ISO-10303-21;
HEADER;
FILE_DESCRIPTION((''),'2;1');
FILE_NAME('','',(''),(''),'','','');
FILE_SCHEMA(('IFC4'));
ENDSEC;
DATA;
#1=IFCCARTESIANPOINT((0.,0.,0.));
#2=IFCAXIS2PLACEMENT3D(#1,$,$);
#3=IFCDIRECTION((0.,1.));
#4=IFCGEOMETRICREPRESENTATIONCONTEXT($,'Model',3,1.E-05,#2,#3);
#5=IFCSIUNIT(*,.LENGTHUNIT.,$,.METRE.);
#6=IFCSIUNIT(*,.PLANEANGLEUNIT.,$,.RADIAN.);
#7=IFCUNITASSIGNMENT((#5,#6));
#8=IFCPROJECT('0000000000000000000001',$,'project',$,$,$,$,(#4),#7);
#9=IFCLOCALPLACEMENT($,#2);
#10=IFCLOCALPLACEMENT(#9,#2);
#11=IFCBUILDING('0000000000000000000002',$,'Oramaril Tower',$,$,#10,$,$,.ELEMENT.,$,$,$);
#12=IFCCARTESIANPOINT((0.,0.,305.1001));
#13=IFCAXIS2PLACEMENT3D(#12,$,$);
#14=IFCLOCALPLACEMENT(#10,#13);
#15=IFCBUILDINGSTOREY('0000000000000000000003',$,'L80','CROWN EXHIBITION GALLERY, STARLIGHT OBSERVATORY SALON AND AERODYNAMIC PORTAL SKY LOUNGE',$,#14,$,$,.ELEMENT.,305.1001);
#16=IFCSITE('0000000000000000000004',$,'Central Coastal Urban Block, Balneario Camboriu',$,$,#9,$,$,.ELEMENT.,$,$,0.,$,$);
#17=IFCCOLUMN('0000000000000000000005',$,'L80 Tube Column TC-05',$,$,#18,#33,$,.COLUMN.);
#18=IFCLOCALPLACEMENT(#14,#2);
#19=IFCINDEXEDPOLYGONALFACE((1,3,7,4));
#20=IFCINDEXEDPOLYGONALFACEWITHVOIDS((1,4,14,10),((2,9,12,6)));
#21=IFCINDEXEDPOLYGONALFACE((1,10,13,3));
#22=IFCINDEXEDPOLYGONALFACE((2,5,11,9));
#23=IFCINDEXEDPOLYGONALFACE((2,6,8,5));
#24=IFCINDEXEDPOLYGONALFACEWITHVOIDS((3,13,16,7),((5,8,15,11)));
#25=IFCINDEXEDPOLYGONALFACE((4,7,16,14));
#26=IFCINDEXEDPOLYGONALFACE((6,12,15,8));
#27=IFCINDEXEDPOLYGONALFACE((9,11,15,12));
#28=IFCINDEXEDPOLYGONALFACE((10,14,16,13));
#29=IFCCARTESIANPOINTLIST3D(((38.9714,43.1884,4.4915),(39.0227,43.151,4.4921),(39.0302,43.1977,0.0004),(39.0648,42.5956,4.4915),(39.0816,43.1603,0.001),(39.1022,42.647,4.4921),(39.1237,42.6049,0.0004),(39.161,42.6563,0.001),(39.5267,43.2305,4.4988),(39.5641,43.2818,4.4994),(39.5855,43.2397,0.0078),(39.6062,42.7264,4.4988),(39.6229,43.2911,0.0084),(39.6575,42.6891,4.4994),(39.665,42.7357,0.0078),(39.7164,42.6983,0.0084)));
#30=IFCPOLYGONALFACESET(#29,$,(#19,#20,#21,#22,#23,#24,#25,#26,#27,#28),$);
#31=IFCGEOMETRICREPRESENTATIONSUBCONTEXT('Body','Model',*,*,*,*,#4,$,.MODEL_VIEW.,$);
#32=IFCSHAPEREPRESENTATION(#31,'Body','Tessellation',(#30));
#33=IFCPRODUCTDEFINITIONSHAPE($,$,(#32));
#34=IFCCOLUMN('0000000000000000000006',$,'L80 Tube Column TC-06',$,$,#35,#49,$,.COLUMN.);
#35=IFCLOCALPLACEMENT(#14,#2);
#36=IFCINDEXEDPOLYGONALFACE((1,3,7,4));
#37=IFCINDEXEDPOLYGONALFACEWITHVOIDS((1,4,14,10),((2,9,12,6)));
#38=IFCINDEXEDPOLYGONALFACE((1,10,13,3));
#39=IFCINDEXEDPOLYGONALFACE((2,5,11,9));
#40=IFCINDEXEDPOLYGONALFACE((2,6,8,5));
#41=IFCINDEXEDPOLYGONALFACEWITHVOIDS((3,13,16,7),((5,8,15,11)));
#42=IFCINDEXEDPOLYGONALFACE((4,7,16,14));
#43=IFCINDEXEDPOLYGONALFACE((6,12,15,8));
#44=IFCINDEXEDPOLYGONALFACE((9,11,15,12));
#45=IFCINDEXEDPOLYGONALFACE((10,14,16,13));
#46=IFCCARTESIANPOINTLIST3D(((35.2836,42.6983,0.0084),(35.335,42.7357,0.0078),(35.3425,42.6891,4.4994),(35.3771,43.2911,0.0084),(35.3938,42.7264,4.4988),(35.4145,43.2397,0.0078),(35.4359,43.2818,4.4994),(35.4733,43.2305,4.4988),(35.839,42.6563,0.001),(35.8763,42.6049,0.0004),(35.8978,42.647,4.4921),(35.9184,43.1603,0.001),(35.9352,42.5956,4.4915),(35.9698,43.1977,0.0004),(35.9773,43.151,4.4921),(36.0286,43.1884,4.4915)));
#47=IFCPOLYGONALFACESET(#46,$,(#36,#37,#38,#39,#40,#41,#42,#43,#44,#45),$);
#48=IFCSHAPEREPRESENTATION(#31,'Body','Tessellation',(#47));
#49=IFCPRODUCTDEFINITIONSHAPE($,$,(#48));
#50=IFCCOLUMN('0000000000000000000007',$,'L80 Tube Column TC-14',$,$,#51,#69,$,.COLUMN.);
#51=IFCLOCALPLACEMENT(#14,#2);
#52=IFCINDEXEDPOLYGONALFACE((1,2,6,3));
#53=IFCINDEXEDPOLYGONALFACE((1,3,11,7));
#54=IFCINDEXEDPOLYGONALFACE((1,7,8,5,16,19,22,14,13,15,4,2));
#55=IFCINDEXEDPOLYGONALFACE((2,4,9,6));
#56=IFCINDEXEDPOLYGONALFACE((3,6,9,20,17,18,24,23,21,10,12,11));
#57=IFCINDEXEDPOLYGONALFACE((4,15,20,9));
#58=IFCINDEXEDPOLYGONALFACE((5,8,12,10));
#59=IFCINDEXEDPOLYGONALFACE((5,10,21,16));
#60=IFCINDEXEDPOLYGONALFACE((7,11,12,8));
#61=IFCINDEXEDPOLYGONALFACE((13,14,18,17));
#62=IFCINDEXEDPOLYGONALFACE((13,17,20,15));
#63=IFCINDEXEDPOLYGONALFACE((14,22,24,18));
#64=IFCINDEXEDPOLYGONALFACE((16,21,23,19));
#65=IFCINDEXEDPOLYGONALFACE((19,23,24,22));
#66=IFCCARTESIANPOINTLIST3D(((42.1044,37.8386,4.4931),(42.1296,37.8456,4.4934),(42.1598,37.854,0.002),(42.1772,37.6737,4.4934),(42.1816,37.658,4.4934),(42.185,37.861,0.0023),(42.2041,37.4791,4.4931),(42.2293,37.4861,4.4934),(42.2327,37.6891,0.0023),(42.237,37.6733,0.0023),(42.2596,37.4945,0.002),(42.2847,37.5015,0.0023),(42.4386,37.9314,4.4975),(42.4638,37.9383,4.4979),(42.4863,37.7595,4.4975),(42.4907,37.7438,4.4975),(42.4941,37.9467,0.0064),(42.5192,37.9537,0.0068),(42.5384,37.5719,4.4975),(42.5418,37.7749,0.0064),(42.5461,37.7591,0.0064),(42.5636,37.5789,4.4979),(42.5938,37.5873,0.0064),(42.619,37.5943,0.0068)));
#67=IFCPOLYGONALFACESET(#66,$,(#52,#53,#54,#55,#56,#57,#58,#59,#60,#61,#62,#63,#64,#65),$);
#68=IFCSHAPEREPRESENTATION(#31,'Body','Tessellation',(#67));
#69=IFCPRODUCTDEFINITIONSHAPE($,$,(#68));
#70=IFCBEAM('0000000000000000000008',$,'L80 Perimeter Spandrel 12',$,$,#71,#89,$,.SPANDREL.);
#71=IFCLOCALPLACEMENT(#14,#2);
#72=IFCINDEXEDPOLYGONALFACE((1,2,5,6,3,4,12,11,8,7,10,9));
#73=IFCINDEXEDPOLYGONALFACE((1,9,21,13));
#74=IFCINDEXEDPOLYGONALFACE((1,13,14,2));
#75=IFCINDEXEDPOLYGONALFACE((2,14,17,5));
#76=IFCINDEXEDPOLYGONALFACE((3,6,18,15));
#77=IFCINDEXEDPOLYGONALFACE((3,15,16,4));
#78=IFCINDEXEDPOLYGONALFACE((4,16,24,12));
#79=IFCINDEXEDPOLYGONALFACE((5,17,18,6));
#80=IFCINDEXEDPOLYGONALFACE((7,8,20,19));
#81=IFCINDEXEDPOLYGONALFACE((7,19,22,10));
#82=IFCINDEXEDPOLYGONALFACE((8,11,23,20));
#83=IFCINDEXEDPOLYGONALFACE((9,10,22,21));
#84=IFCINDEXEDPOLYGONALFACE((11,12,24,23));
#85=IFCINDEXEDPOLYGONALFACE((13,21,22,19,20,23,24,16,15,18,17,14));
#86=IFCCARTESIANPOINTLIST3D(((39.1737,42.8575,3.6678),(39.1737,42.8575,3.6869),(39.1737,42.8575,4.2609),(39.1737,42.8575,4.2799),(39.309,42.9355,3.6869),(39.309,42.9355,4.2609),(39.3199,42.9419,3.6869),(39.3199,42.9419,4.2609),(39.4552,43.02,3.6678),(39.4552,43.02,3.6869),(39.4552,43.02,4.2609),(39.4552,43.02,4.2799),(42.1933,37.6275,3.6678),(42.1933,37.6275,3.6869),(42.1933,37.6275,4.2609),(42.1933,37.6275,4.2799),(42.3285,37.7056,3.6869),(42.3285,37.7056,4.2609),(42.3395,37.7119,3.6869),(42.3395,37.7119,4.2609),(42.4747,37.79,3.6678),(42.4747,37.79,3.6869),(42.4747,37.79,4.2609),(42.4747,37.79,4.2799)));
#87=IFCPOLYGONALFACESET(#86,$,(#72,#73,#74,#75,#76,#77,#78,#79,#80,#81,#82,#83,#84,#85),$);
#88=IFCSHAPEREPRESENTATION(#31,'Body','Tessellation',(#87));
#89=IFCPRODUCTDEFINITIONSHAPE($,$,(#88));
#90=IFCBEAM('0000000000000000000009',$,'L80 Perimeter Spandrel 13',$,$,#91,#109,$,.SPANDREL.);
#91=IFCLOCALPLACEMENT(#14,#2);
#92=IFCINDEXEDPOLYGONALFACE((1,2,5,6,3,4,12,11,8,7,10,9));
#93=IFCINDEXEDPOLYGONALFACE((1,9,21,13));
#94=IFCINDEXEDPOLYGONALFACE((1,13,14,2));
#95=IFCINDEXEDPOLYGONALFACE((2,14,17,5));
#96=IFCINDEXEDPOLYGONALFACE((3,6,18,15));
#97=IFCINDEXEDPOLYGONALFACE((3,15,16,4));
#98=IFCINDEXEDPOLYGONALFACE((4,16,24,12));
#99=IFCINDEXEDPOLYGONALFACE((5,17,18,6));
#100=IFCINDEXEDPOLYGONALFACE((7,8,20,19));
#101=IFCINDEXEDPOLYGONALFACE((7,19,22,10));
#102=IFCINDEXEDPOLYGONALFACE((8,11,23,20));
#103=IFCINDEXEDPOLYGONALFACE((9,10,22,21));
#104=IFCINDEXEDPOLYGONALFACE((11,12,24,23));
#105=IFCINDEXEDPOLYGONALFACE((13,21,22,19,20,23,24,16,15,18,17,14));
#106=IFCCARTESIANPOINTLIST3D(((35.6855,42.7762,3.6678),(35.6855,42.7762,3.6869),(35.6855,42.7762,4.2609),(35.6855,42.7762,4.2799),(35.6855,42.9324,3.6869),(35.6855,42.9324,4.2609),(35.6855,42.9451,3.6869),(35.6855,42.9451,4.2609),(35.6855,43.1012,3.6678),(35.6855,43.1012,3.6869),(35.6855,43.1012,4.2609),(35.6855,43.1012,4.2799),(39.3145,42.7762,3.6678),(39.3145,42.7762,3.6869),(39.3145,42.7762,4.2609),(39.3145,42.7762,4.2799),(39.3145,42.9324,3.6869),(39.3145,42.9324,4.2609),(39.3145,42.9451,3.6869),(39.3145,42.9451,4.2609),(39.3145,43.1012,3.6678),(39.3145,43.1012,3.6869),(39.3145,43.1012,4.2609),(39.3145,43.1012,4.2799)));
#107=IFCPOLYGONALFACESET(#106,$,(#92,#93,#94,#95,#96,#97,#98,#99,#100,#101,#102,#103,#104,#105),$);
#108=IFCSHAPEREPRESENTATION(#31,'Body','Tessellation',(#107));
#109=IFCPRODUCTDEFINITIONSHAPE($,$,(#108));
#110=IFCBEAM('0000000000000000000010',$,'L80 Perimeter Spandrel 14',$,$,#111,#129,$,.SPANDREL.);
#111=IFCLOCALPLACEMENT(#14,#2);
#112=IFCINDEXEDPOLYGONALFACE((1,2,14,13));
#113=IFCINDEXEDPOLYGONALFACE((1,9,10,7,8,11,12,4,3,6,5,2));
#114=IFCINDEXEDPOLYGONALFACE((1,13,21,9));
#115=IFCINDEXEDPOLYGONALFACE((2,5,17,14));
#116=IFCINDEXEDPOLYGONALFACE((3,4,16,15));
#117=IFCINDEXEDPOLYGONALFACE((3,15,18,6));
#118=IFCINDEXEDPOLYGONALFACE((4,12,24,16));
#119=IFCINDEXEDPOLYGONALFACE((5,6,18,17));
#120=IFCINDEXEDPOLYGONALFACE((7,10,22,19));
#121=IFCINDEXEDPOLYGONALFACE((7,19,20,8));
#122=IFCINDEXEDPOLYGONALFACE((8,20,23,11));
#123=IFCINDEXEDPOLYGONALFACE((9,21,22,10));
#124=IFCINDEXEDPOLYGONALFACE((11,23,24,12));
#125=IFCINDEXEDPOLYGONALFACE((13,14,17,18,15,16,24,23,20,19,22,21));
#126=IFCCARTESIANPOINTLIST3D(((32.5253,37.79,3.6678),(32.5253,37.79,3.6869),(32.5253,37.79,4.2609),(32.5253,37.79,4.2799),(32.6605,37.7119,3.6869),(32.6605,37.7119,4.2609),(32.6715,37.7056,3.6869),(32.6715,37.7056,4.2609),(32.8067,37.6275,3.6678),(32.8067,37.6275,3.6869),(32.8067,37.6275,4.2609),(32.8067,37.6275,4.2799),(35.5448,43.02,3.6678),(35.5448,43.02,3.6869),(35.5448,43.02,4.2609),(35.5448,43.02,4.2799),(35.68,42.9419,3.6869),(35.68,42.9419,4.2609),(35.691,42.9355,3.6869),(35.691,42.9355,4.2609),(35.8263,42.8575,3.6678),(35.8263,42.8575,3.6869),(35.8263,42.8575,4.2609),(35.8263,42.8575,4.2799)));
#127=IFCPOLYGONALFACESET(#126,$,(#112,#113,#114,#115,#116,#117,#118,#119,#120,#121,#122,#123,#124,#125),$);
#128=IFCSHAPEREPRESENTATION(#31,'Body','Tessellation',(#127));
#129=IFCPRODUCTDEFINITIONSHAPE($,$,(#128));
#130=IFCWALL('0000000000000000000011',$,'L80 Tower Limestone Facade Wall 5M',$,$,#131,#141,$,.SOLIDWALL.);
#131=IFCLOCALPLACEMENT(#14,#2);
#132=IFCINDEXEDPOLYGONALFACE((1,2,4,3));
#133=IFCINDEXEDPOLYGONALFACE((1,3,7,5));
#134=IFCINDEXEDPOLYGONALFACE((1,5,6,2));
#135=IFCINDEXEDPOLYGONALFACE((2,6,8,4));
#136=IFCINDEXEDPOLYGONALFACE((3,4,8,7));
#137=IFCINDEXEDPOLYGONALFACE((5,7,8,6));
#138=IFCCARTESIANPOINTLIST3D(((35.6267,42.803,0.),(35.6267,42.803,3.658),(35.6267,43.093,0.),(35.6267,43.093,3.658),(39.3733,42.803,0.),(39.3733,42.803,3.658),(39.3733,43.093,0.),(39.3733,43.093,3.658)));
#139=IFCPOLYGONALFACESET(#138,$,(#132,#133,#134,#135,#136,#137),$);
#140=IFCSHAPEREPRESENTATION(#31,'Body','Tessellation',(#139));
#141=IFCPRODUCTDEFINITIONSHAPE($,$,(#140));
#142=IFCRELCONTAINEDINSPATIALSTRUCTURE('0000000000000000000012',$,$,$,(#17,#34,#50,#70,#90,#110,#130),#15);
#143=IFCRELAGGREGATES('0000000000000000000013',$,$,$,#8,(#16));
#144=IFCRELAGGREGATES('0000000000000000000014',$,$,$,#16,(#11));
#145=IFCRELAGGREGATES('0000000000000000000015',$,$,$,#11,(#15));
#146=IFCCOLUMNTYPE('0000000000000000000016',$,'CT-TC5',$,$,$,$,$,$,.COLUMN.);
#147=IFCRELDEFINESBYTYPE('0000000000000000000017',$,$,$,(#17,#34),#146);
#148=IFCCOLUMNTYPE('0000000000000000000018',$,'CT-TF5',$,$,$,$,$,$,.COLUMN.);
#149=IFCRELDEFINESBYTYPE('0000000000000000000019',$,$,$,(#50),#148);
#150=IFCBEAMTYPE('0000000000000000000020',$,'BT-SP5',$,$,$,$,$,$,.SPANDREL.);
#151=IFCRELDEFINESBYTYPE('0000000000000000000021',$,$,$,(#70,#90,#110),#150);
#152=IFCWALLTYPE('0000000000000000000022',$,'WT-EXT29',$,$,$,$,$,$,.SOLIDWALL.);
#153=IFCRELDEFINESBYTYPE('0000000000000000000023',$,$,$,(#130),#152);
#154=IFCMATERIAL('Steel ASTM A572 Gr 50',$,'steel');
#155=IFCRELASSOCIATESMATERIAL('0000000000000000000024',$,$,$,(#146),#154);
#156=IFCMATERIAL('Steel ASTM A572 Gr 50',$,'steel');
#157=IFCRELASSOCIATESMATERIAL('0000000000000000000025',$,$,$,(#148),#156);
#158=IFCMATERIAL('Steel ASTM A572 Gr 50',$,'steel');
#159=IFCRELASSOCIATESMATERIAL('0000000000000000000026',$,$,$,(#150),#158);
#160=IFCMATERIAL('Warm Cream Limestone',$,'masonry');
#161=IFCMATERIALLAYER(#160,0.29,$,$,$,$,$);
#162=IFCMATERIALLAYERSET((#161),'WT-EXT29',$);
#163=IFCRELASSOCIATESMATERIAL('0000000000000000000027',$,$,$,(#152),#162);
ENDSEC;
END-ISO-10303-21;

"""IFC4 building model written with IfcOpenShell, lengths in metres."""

from ifc_helpers import new_model, si_unit, direction, frame, frame_2d, origin, origin_2d, place, context, subcontext, project, spatial, rectangle, hollow_rectangle, i_section, extrude, material, layer, layer_set, material_profile, profile_set, type_object, element, save


model = new_model("IFC4")

# Units and contexts
model_context = context("Model", 3, precision=1e-05, world=origin(), true_north=direction((0.0, 1.0)))
body_context = subcontext(model_context, "Body", "Model", "MODEL_VIEW")
ifc_project = project(units=[si_unit("LENGTHUNIT", "METRE"), si_unit("PLANEANGLEUNIT", "RADIAN")], contexts=[model_context])

# Site, building, storey
site_placement = place(None, origin())
site = spatial("IfcSite", under=ifc_project, at=site_placement, Name="Central Coastal Urban Block, Balneario Camboriu", CompositionType="ELEMENT", RefElevation=0.0)
building_placement = place(site_placement, origin())
building = spatial("IfcBuilding", under=site, at=building_placement, Name="Oramaril Tower", CompositionType="ELEMENT")
storey_placement = place(building_placement, frame((0.0, 0.0, 305.1001)))
storey = spatial("IfcBuildingStorey", under=building, at=storey_placement, Name="L80", Description="CROWN EXHIBITION GALLERY, STARLIGHT OBSERVATORY SALON AND AERODYNAMIC PORTAL SKY LOUNGE", CompositionType="ELEMENT", Elevation=305.1001)

# Columns
ifc_material_1 = material(Name="Steel ASTM A572 Gr 50", Category="steel")
ifc_material_profile_1 = material_profile(ifc_material_1, hollow_rectangle(XDim=0.6001, YDim=0.6001, WallThickness=0.0449, at=origin_2d()), Name="BOX600X600X45")
ifc_profile_set_1 = profile_set([ifc_material_profile_1], Name="Steel ASTM A572 Gr 50")
column_type_1 = type_object("IfcColumnType", Name="CT-TC5", PredefinedType="COLUMN", material=ifc_profile_set_1)
for number, where, z_axis, x_axis, name in (
    (1, (39.3733, 42.948, 0.0044), (-0.0131, -0.002066, 0.999912), (0.155752, -0.987796, 0.0), "L80 Tube Column TC-05"),
    (2, (35.6267, 42.948, 0.0044), (0.0131, -0.002066, 0.999912), (0.155752, 0.987796, 0.0), "L80 Tube Column TC-06"),
):
    element("IfcColumn", number, at=place(storey_placement, frame(where, z_axis=z_axis, x_axis=x_axis)), inside=storey, type_object=column_type_1, Name=name, PredefinedType="COLUMN", context=body_context, shape_type="SweptSolid", body=[
        extrude(hollow_rectangle(XDim=0.6001, YDim=0.6001, WallThickness=0.0449, at=origin_2d()), origin(), (0.0, 0.0, 1.0), 4.4915),
    ])
ifc_material_2 = material(Name="Steel ASTM A572 Gr 50", Category="steel")
ifc_material_profile_2 = material_profile(ifc_material_2, i_section(OverallWidth=0.373, OverallDepth=0.373, WebThickness=0.0164, FlangeThickness=0.0261, at=origin_2d()), Name="W14X132")
ifc_profile_set_2 = profile_set([ifc_material_profile_2], Name="Steel ASTM A572 Gr 50")
column_type_2 = type_object("IfcColumnType", Name="CT-TF5", PredefinedType="COLUMN", material=ifc_profile_set_2)
column_placement = place(storey_placement, frame((42.3894, 37.7241, 0.0044), z_axis=(-0.012339, -0.003425, 0.999918), x_axis=(0.267425, -0.963579, 0.0)))
element("IfcColumn", 3, at=column_placement, inside=storey, type_object=column_type_2, Name="L80 Tube Column TC-14", PredefinedType="COLUMN", context=body_context, shape_type="SweptSolid", body=[
    extrude(i_section(OverallWidth=0.373, OverallDepth=0.373, WebThickness=0.0164, FlangeThickness=0.0261, at=origin_2d()), origin(), (0.0, 0.0, 1.0), 4.4915),
])

# Beams
ifc_material_3 = material(Name="Steel ASTM A572 Gr 50", Category="steel")
ifc_material_profile_3 = material_profile(ifc_material_3, i_section(OverallWidth=0.325, OverallDepth=0.6121, WebThickness=0.0127, FlangeThickness=0.019, at=origin_2d()), Name="W24X104")
ifc_profile_set_3 = profile_set([ifc_material_profile_3], Name="Steel ASTM A572 Gr 50")
beam_type = type_object("IfcBeamType", Name="BT-SP5", PredefinedType="SPANDREL", material=ifc_profile_set_3)
beam_1_placement = place(storey_placement, frame((42.334, 37.7087, 3.9739), z_axis=(-0.5, 0.866025, 0.0), x_axis=(-0.866025, -0.5, 0.0)))
element("IfcBeam", 4, at=beam_1_placement, inside=storey, type_object=beam_type, Name="L80 Perimeter Spandrel 12", PredefinedType="SPANDREL", context=body_context, shape_type="SweptSolid", body=[
    extrude(i_section(OverallWidth=0.325, OverallDepth=0.6121, WebThickness=0.0127, FlangeThickness=0.019, at=origin_2d()), origin(), (0.0, 0.0, 1.0), 6.0391),
])
beam_2_placement = place(storey_placement, frame((39.3145, 42.9387, 3.9739), z_axis=(-1.0, 0.0, 0.0), x_axis=(0.0, -1.0, 0.0)))
element("IfcBeam", 5, at=beam_2_placement, inside=storey, type_object=beam_type, Name="L80 Perimeter Spandrel 13", PredefinedType="SPANDREL", context=body_context, shape_type="SweptSolid", body=[
    extrude(i_section(OverallWidth=0.325, OverallDepth=0.6121, WebThickness=0.0127, FlangeThickness=0.019, at=origin_2d()), origin(), (0.0, 0.0, 1.0), 3.6289),
])
beam_3_placement = place(storey_placement, frame((35.6855, 42.9387, 3.9739), z_axis=(-0.5, -0.866025, 0.0), x_axis=(0.866025, -0.5, 0.0)))
element("IfcBeam", 6, at=beam_3_placement, inside=storey, type_object=beam_type, Name="L80 Perimeter Spandrel 14", PredefinedType="SPANDREL", context=body_context, shape_type="SweptSolid", body=[
    extrude(i_section(OverallWidth=0.325, OverallDepth=0.6121, WebThickness=0.0127, FlangeThickness=0.019, at=origin_2d()), origin(), (0.0, 0.0, 1.0), 6.0391),
])

# Wall
ifc_material_4 = material(Name="Warm Cream Limestone", Category="masonry")
ifc_layer_1 = layer(ifc_material_4, 0.29)
ifc_layer_set_1 = layer_set([ifc_layer_1], Name="WT-EXT29")
wall_type = type_object("IfcWallType", Name="WT-EXT29", PredefinedType="SOLIDWALL", material=ifc_layer_set_1)
wall_1_placement = place(storey_placement, frame((39.3733, 42.948, 0.0), z_axis=(0.0, 0.0, 1.0), x_axis=(-1.0, 0.0, 0.0)))
element("IfcWall", 7, at=wall_1_placement, inside=storey, type_object=wall_type, Name="L80 Tower Limestone Facade Wall 5M", PredefinedType="SOLIDWALL", context=body_context, shape_type="SweptSolid", body=[
    extrude(rectangle(XDim=3.7466, YDim=0.29, at=frame_2d((1.8733, 0.0))), origin(), (0.0, 0.0, 1.0), 3.658),
])

save(model, "model.ifc")
